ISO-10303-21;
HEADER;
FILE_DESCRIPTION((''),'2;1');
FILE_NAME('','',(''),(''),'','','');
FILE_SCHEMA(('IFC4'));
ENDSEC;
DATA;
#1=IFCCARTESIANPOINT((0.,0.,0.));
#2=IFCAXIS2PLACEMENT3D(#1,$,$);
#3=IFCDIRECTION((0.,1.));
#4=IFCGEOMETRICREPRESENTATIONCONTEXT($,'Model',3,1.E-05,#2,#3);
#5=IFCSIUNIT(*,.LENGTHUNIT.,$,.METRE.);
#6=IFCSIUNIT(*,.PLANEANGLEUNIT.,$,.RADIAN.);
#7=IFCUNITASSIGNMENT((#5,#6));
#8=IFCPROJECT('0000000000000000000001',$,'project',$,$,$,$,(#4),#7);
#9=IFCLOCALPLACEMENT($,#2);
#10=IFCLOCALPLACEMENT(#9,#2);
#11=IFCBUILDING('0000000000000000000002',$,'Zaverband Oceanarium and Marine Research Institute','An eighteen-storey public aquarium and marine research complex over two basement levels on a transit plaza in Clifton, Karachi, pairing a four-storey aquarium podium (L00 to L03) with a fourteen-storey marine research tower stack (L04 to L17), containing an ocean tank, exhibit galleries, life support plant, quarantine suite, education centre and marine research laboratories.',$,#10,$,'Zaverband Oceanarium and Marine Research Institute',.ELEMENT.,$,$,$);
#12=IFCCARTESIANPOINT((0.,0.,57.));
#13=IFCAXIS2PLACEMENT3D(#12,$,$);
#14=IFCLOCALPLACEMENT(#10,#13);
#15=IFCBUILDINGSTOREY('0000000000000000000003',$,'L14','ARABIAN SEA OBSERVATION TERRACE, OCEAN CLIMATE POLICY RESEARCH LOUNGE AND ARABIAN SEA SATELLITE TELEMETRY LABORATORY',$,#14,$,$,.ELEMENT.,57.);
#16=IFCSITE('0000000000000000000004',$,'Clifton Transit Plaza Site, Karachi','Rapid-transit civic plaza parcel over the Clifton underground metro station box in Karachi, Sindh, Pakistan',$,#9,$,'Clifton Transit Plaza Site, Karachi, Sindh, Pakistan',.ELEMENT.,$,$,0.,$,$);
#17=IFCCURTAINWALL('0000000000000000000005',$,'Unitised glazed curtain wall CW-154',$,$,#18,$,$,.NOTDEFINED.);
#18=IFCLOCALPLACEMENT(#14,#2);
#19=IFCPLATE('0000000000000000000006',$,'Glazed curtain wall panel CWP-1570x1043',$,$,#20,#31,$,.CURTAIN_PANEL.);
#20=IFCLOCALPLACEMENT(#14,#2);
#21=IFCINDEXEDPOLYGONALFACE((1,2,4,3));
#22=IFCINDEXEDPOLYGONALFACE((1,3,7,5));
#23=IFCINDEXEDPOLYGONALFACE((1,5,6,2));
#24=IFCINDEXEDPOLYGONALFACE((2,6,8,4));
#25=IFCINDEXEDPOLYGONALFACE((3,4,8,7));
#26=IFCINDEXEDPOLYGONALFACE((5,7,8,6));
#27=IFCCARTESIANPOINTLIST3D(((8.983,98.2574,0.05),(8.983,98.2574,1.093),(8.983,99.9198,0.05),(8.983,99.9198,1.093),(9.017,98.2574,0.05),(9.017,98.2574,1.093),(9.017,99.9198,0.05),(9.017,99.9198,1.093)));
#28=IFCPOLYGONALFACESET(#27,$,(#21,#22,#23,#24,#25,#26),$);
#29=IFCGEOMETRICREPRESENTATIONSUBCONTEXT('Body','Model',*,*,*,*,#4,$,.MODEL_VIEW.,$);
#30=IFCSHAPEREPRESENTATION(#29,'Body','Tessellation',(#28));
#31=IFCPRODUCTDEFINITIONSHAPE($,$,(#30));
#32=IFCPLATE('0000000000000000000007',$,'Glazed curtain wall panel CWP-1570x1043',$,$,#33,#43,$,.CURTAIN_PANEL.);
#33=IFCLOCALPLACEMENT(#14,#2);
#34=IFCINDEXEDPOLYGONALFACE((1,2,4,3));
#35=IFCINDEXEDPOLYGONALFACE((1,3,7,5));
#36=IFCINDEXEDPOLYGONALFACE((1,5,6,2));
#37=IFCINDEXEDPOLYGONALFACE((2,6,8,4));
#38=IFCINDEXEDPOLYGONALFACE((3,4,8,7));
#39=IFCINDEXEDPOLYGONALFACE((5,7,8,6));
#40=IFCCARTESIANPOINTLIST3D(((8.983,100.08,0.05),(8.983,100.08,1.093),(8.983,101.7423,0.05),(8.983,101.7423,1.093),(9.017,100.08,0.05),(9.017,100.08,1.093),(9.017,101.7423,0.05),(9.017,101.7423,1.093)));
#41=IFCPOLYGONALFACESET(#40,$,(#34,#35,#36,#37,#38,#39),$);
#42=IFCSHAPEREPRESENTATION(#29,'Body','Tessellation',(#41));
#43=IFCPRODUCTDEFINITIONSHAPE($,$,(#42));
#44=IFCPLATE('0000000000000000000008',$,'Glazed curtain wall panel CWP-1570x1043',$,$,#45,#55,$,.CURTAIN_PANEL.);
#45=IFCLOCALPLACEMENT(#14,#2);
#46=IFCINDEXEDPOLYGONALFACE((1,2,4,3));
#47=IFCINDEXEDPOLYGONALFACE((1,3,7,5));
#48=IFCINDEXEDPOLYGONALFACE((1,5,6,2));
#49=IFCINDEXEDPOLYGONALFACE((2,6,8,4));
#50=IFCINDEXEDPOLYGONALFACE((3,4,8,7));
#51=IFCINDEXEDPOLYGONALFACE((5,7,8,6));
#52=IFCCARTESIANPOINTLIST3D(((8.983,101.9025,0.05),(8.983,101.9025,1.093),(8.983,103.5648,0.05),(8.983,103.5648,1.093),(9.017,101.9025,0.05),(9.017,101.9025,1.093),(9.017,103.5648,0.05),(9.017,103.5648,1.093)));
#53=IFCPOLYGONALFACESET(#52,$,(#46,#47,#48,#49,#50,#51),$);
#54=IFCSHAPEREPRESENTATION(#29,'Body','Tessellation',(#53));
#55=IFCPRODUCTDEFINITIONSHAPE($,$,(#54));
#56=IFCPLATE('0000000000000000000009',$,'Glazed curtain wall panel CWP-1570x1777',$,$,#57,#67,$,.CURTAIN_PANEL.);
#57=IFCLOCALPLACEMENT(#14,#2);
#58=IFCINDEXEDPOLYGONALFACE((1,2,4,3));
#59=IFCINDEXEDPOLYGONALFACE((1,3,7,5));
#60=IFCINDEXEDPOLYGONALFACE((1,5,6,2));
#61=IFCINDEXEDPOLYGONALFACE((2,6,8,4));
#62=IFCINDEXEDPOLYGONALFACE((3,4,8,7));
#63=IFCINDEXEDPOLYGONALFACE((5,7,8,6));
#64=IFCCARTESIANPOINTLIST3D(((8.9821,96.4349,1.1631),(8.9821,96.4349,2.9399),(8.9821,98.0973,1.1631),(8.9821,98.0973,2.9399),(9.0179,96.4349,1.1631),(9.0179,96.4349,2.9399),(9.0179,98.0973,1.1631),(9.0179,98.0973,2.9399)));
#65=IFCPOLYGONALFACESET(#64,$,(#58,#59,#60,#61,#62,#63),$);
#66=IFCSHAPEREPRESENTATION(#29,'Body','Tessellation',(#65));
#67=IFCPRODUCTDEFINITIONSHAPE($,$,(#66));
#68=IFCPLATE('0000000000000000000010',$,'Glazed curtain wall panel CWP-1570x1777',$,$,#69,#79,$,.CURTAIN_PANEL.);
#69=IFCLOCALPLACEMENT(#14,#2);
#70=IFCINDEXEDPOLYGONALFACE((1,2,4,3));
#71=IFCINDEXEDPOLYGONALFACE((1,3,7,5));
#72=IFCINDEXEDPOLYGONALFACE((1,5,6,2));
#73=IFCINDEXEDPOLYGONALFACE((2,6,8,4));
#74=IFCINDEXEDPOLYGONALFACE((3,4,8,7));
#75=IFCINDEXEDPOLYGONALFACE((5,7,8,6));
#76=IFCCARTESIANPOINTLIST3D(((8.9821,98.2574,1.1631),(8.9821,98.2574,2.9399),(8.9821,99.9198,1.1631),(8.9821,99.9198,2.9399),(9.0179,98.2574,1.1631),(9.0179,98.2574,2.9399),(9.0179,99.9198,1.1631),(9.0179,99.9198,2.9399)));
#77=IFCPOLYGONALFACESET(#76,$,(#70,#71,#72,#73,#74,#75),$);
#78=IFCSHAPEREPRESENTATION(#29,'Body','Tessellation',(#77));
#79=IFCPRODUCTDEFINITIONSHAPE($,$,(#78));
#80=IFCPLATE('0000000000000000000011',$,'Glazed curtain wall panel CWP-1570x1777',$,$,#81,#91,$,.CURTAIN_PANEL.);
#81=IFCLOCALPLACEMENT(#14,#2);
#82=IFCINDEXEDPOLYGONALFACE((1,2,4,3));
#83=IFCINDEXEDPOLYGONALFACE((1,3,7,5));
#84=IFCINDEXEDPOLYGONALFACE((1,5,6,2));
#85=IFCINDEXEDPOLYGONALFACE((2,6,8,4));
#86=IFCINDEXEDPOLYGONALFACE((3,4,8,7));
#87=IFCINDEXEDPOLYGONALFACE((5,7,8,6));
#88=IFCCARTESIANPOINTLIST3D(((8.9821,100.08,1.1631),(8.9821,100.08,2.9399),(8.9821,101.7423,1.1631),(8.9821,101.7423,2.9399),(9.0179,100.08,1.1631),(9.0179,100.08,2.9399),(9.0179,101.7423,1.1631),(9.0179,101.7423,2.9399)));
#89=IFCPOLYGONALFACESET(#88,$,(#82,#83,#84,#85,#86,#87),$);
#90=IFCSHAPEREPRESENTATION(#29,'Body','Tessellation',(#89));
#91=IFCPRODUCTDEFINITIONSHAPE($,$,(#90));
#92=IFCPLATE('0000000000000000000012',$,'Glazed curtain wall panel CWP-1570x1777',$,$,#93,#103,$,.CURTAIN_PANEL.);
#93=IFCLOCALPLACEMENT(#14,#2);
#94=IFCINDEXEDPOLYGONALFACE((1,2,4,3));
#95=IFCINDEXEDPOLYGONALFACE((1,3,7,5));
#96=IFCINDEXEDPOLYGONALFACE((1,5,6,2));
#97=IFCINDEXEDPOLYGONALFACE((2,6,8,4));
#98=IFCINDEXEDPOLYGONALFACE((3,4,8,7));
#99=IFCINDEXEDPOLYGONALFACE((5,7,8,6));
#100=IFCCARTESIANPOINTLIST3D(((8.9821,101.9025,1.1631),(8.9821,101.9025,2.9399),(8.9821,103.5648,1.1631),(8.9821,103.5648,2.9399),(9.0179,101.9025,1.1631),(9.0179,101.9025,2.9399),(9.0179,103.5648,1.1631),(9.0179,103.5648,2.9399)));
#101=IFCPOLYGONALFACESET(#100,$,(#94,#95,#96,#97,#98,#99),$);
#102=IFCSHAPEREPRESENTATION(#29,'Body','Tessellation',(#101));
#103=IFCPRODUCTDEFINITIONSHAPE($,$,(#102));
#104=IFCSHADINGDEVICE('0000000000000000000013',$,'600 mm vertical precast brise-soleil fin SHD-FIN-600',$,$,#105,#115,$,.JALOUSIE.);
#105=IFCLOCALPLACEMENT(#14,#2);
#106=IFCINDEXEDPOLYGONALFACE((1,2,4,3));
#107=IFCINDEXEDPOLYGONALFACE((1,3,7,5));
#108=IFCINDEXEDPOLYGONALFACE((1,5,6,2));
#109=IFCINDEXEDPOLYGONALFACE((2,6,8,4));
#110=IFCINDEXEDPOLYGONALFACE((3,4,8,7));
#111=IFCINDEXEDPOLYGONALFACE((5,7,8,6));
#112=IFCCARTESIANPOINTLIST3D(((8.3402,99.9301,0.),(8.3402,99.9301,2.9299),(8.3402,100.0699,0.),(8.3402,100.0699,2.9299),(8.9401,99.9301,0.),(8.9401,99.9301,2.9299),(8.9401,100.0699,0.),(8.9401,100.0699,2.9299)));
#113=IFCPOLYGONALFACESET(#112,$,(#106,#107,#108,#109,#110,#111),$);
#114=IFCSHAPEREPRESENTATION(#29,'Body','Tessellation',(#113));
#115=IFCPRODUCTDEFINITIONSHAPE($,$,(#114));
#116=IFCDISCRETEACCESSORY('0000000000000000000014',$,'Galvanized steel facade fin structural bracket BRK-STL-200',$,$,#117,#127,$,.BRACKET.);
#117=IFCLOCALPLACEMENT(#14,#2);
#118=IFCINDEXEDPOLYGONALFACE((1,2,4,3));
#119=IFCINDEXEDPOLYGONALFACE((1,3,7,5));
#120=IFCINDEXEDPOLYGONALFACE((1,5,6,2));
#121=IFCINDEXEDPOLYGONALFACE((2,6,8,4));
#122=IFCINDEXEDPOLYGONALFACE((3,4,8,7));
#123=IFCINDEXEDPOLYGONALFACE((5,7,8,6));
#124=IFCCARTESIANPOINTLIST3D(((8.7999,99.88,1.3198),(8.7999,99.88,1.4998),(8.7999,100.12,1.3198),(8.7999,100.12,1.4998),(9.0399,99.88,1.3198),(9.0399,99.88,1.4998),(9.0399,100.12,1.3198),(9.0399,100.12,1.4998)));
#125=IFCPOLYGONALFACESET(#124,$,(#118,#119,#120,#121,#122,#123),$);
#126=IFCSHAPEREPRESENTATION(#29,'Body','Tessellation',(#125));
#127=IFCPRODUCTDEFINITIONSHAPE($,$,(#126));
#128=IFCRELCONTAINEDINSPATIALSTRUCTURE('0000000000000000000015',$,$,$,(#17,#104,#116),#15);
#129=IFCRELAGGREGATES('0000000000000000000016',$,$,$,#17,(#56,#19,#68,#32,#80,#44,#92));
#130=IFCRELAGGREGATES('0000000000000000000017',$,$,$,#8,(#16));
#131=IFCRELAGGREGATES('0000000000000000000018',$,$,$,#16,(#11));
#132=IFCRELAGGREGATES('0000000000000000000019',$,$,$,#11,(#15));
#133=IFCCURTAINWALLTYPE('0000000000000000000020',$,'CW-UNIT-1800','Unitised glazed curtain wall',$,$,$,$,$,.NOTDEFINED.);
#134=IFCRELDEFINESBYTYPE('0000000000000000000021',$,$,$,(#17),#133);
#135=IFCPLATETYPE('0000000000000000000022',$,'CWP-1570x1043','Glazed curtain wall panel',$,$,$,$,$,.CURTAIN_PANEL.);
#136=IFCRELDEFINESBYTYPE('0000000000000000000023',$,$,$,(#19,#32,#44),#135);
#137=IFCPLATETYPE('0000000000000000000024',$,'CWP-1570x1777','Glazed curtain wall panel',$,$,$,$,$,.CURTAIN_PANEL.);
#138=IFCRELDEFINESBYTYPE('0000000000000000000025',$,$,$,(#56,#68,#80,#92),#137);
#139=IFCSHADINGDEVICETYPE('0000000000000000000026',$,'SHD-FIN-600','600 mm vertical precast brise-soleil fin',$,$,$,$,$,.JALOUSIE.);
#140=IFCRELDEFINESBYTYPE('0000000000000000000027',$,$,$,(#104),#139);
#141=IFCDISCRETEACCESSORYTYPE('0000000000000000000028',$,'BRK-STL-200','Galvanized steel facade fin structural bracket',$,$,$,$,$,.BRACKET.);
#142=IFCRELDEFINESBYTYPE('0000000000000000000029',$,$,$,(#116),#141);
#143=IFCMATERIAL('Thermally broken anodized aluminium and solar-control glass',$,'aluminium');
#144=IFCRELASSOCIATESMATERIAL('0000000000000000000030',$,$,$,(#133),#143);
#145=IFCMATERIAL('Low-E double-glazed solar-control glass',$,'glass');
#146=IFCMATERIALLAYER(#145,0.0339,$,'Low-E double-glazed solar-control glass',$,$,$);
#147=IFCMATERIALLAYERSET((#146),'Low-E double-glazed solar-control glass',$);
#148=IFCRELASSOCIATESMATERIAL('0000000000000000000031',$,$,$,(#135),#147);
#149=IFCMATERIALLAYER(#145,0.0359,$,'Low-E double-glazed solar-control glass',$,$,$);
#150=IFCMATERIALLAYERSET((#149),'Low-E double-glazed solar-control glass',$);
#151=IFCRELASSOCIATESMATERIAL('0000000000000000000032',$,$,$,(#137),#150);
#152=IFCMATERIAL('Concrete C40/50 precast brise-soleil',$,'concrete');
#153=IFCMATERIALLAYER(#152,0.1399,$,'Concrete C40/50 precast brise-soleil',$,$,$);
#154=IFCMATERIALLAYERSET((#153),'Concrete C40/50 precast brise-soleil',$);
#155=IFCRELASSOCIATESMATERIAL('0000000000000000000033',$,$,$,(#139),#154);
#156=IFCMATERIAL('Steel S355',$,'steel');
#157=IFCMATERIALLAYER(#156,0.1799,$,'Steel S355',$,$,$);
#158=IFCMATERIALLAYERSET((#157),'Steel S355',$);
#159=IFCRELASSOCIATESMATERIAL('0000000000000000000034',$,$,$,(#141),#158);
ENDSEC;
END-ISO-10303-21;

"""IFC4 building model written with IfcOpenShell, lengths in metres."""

from ifc_helpers import new_model, si_unit, direction, frame, frame_2d, origin, origin_2d, place, context, subcontext, project, spatial, rectangle, extrude, material, layer, layer_set, type_object, element, aggregate, save


model = new_model("IFC4")

# Units and contexts
model_context = context("Model", 3, precision=1e-05, world=origin(), true_north=direction((0.0, 1.0)))
body_context = subcontext(model_context, "Body", "Model", "MODEL_VIEW")
ifc_project = project(units=[si_unit("LENGTHUNIT", "METRE"), si_unit("PLANEANGLEUNIT", "RADIAN")], contexts=[model_context])

# Site, building, storey
site_placement = place(None, origin())
site = spatial("IfcSite", under=ifc_project, at=site_placement, Name="Clifton Transit Plaza Site, Karachi", Description="Rapid-transit civic plaza parcel over the Clifton underground metro station box in Karachi, Sindh, Pakistan", LongName="Clifton Transit Plaza Site, Karachi, Sindh, Pakistan", CompositionType="ELEMENT", RefElevation=0.0)
building_placement = place(site_placement, origin())
building = spatial("IfcBuilding", under=site, at=building_placement, Name="Zaverband Oceanarium and Marine Research Institute", Description="An eighteen-storey public aquarium and marine research complex over two basement levels on a transit plaza in Clifton, Karachi, pairing a four-storey aquarium podium (L00 to L03) with a fourteen-storey marine research tower stack (L04 to L17), containing an ocean tank, exhibit galleries, life support plant, quarantine suite, education centre and marine research laboratories.", LongName="Zaverband Oceanarium and Marine Research Institute", CompositionType="ELEMENT")
storey_placement = place(building_placement, frame((0.0, 0.0, 57.0)))
storey = spatial("IfcBuildingStorey", under=building, at=storey_placement, Name="L14", Description="ARABIAN SEA OBSERVATION TERRACE, OCEAN CLIMATE POLICY RESEARCH LOUNGE AND ARABIAN SEA SATELLITE TELEMETRY LABORATORY", CompositionType="ELEMENT", Elevation=57.0)

# Curtain wall
ifc_material_1 = material(Name="Thermally broken anodized aluminium and solar-control glass", Category="aluminium")
curtain_wall_type = type_object("IfcCurtainWallType", Name="CW-UNIT-1800", Description="Unitised glazed curtain wall", PredefinedType="NOTDEFINED", material=ifc_material_1)
curtain_wall_placement = place(storey_placement, origin())
curtain_wall = element("IfcCurtainWall", 1, at=curtain_wall_placement, inside=storey, type_object=curtain_wall_type, Name="Unitised glazed curtain wall CW-154", PredefinedType="NOTDEFINED")

# Plates
ifc_material_2 = material(Name="Low-E double-glazed solar-control glass", Category="glass")
ifc_layer_1 = layer(ifc_material_2, 0.0339, Name="Low-E double-glazed solar-control glass")
ifc_layer_set_1 = layer_set([ifc_layer_1], Name="Low-E double-glazed solar-control glass")
plate_type_1 = type_object("IfcPlateType", Name="CWP-1570x1043", Description="Glazed curtain wall panel", PredefinedType="CURTAIN_PANEL", material=ifc_layer_set_1)
plate_1_placement = place(storey_placement, frame((9.0, 98.2576, 0.05), z_axis=(0.0, 0.0, 1.0), x_axis=(0.0, 1.0, 0.0)))
plate_1 = element("IfcPlate", 2, at=plate_1_placement, type_object=plate_type_1, Name="Glazed curtain wall panel CWP-1570x1043", PredefinedType="CURTAIN_PANEL", context=body_context, shape_type="SweptSolid", body=[
    extrude(rectangle(XDim=1.6624, YDim=0.0339, at=frame_2d((0.8311, 0.0))), origin(), (0.0, 0.0, 1.0), 1.043),
])
plate_2_placement = place(storey_placement, frame((9.0, 100.0801, 0.05), z_axis=(0.0, 0.0, 1.0), x_axis=(0.0, 1.0, 0.0)))
plate_2 = element("IfcPlate", 3, at=plate_2_placement, type_object=plate_type_1, Name="Glazed curtain wall panel CWP-1570x1043", PredefinedType="CURTAIN_PANEL", context=body_context, shape_type="SweptSolid", body=[
    extrude(rectangle(XDim=1.6624, YDim=0.0339, at=frame_2d((0.8311, 0.0))), origin(), (0.0, 0.0, 1.0), 1.043),
])
plate_3_placement = place(storey_placement, frame((9.0, 101.9026, 0.05), z_axis=(0.0, 0.0, 1.0), x_axis=(0.0, 1.0, 0.0)))
plate_3 = element("IfcPlate", 4, at=plate_3_placement, type_object=plate_type_1, Name="Glazed curtain wall panel CWP-1570x1043", PredefinedType="CURTAIN_PANEL", context=body_context, shape_type="SweptSolid", body=[
    extrude(rectangle(XDim=1.6624, YDim=0.0339, at=frame_2d((0.8311, 0.0))), origin(), (0.0, 0.0, 1.0), 1.043),
])
ifc_layer_2 = layer(ifc_material_2, 0.0359, Name="Low-E double-glazed solar-control glass")
ifc_layer_set_2 = layer_set([ifc_layer_2], Name="Low-E double-glazed solar-control glass")
plate_type_2 = type_object("IfcPlateType", Name="CWP-1570x1777", Description="Glazed curtain wall panel", PredefinedType="CURTAIN_PANEL", material=ifc_layer_set_2)
plate_4_placement = place(storey_placement, frame((9.0, 96.4351, 1.1631), z_axis=(0.0, 0.0, 1.0), x_axis=(0.0, 1.0, 0.0)))
plate_4 = element("IfcPlate", 5, at=plate_4_placement, type_object=plate_type_2, Name="Glazed curtain wall panel CWP-1570x1777", PredefinedType="CURTAIN_PANEL", context=body_context, shape_type="SweptSolid", body=[
    extrude(rectangle(XDim=1.6624, YDim=0.0359, at=frame_2d((0.8311, 0.0))), origin(), (0.0, 0.0, 1.0), 1.7769),
])
plate_5_placement = place(storey_placement, frame((9.0, 98.2576, 1.1631), z_axis=(0.0, 0.0, 1.0), x_axis=(0.0, 1.0, 0.0)))
plate_5 = element("IfcPlate", 6, at=plate_5_placement, type_object=plate_type_2, Name="Glazed curtain wall panel CWP-1570x1777", PredefinedType="CURTAIN_PANEL", context=body_context, shape_type="SweptSolid", body=[
    extrude(rectangle(XDim=1.6624, YDim=0.0359, at=frame_2d((0.8311, 0.0))), origin(), (0.0, 0.0, 1.0), 1.7769),
])
plate_6_placement = place(storey_placement, frame((9.0, 100.0801, 1.1631), z_axis=(0.0, 0.0, 1.0), x_axis=(0.0, 1.0, 0.0)))
plate_6 = element("IfcPlate", 7, at=plate_6_placement, type_object=plate_type_2, Name="Glazed curtain wall panel CWP-1570x1777", PredefinedType="CURTAIN_PANEL", context=body_context, shape_type="SweptSolid", body=[
    extrude(rectangle(XDim=1.6624, YDim=0.0359, at=frame_2d((0.8311, 0.0))), origin(), (0.0, 0.0, 1.0), 1.7769),
])
plate_7_placement = place(storey_placement, frame((9.0, 101.9026, 1.1631), z_axis=(0.0, 0.0, 1.0), x_axis=(0.0, 1.0, 0.0)))
plate_7 = element("IfcPlate", 8, at=plate_7_placement, type_object=plate_type_2, Name="Glazed curtain wall panel CWP-1570x1777", PredefinedType="CURTAIN_PANEL", context=body_context, shape_type="SweptSolid", body=[
    extrude(rectangle(XDim=1.6624, YDim=0.0359, at=frame_2d((0.8311, 0.0))), origin(), (0.0, 0.0, 1.0), 1.7769),
])
aggregate(curtain_wall, [plate_4, plate_1, plate_5, plate_2, plate_6, plate_3, plate_7])

# Shading device
ifc_material_3 = material(Name="Concrete C40/50 precast brise-soleil", Category="concrete")
ifc_layer_3 = layer(ifc_material_3, 0.1399, Name="Concrete C40/50 precast brise-soleil")
ifc_layer_set_3 = layer_set([ifc_layer_3], Name="Concrete C40/50 precast brise-soleil")
shading_device_type = type_object("IfcShadingDeviceType", Name="SHD-FIN-600", Description="600 mm vertical precast brise-soleil fin", PredefinedType="JALOUSIE", material=ifc_layer_set_3)
shading_device_placement = place(storey_placement, frame((8.9399, 100.0, 0.0), z_axis=(0.0, 0.0, 1.0), x_axis=(-1.0, 0.0, 0.0)))
element("IfcShadingDevice", 9, at=shading_device_placement, inside=storey, type_object=shading_device_type, Name="600 mm vertical precast brise-soleil fin SHD-FIN-600", PredefinedType="JALOUSIE", context=body_context, shape_type="SweptSolid", body=[
    extrude(rectangle(XDim=0.5999, YDim=0.1399, at=frame_2d((0.2998, 0.0))), origin(), (0.0, 0.0, 1.0), 2.9299),
])

# Discrete accessory
ifc_material_4 = material(Name="Steel S355", Category="steel")
ifc_layer_4 = layer(ifc_material_4, 0.1799, Name="Steel S355")
ifc_layer_set_4 = layer_set([ifc_layer_4], Name="Steel S355")
discrete_accessory_type = type_object("IfcDiscreteAccessoryType", Name="BRK-STL-200", Description="Galvanized steel facade fin structural bracket", PredefinedType="BRACKET", material=ifc_layer_set_4)
discrete_accessory_placement = place(storey_placement, frame((8.9199, 100.0, 1.3198), z_axis=(0.0, 0.0, 1.0), x_axis=(1.0, 0.0, 0.0)))
element("IfcDiscreteAccessory", 10, at=discrete_accessory_placement, inside=storey, type_object=discrete_accessory_type, Name="Galvanized steel facade fin structural bracket BRK-STL-200", PredefinedType="BRACKET", context=body_context, shape_type="SweptSolid", body=[
    extrude(rectangle(XDim=0.24, YDim=0.24, at=origin_2d()), origin(), (0.0, 0.0, 1.0), 0.1799),
])

save(model, "model.ifc")
